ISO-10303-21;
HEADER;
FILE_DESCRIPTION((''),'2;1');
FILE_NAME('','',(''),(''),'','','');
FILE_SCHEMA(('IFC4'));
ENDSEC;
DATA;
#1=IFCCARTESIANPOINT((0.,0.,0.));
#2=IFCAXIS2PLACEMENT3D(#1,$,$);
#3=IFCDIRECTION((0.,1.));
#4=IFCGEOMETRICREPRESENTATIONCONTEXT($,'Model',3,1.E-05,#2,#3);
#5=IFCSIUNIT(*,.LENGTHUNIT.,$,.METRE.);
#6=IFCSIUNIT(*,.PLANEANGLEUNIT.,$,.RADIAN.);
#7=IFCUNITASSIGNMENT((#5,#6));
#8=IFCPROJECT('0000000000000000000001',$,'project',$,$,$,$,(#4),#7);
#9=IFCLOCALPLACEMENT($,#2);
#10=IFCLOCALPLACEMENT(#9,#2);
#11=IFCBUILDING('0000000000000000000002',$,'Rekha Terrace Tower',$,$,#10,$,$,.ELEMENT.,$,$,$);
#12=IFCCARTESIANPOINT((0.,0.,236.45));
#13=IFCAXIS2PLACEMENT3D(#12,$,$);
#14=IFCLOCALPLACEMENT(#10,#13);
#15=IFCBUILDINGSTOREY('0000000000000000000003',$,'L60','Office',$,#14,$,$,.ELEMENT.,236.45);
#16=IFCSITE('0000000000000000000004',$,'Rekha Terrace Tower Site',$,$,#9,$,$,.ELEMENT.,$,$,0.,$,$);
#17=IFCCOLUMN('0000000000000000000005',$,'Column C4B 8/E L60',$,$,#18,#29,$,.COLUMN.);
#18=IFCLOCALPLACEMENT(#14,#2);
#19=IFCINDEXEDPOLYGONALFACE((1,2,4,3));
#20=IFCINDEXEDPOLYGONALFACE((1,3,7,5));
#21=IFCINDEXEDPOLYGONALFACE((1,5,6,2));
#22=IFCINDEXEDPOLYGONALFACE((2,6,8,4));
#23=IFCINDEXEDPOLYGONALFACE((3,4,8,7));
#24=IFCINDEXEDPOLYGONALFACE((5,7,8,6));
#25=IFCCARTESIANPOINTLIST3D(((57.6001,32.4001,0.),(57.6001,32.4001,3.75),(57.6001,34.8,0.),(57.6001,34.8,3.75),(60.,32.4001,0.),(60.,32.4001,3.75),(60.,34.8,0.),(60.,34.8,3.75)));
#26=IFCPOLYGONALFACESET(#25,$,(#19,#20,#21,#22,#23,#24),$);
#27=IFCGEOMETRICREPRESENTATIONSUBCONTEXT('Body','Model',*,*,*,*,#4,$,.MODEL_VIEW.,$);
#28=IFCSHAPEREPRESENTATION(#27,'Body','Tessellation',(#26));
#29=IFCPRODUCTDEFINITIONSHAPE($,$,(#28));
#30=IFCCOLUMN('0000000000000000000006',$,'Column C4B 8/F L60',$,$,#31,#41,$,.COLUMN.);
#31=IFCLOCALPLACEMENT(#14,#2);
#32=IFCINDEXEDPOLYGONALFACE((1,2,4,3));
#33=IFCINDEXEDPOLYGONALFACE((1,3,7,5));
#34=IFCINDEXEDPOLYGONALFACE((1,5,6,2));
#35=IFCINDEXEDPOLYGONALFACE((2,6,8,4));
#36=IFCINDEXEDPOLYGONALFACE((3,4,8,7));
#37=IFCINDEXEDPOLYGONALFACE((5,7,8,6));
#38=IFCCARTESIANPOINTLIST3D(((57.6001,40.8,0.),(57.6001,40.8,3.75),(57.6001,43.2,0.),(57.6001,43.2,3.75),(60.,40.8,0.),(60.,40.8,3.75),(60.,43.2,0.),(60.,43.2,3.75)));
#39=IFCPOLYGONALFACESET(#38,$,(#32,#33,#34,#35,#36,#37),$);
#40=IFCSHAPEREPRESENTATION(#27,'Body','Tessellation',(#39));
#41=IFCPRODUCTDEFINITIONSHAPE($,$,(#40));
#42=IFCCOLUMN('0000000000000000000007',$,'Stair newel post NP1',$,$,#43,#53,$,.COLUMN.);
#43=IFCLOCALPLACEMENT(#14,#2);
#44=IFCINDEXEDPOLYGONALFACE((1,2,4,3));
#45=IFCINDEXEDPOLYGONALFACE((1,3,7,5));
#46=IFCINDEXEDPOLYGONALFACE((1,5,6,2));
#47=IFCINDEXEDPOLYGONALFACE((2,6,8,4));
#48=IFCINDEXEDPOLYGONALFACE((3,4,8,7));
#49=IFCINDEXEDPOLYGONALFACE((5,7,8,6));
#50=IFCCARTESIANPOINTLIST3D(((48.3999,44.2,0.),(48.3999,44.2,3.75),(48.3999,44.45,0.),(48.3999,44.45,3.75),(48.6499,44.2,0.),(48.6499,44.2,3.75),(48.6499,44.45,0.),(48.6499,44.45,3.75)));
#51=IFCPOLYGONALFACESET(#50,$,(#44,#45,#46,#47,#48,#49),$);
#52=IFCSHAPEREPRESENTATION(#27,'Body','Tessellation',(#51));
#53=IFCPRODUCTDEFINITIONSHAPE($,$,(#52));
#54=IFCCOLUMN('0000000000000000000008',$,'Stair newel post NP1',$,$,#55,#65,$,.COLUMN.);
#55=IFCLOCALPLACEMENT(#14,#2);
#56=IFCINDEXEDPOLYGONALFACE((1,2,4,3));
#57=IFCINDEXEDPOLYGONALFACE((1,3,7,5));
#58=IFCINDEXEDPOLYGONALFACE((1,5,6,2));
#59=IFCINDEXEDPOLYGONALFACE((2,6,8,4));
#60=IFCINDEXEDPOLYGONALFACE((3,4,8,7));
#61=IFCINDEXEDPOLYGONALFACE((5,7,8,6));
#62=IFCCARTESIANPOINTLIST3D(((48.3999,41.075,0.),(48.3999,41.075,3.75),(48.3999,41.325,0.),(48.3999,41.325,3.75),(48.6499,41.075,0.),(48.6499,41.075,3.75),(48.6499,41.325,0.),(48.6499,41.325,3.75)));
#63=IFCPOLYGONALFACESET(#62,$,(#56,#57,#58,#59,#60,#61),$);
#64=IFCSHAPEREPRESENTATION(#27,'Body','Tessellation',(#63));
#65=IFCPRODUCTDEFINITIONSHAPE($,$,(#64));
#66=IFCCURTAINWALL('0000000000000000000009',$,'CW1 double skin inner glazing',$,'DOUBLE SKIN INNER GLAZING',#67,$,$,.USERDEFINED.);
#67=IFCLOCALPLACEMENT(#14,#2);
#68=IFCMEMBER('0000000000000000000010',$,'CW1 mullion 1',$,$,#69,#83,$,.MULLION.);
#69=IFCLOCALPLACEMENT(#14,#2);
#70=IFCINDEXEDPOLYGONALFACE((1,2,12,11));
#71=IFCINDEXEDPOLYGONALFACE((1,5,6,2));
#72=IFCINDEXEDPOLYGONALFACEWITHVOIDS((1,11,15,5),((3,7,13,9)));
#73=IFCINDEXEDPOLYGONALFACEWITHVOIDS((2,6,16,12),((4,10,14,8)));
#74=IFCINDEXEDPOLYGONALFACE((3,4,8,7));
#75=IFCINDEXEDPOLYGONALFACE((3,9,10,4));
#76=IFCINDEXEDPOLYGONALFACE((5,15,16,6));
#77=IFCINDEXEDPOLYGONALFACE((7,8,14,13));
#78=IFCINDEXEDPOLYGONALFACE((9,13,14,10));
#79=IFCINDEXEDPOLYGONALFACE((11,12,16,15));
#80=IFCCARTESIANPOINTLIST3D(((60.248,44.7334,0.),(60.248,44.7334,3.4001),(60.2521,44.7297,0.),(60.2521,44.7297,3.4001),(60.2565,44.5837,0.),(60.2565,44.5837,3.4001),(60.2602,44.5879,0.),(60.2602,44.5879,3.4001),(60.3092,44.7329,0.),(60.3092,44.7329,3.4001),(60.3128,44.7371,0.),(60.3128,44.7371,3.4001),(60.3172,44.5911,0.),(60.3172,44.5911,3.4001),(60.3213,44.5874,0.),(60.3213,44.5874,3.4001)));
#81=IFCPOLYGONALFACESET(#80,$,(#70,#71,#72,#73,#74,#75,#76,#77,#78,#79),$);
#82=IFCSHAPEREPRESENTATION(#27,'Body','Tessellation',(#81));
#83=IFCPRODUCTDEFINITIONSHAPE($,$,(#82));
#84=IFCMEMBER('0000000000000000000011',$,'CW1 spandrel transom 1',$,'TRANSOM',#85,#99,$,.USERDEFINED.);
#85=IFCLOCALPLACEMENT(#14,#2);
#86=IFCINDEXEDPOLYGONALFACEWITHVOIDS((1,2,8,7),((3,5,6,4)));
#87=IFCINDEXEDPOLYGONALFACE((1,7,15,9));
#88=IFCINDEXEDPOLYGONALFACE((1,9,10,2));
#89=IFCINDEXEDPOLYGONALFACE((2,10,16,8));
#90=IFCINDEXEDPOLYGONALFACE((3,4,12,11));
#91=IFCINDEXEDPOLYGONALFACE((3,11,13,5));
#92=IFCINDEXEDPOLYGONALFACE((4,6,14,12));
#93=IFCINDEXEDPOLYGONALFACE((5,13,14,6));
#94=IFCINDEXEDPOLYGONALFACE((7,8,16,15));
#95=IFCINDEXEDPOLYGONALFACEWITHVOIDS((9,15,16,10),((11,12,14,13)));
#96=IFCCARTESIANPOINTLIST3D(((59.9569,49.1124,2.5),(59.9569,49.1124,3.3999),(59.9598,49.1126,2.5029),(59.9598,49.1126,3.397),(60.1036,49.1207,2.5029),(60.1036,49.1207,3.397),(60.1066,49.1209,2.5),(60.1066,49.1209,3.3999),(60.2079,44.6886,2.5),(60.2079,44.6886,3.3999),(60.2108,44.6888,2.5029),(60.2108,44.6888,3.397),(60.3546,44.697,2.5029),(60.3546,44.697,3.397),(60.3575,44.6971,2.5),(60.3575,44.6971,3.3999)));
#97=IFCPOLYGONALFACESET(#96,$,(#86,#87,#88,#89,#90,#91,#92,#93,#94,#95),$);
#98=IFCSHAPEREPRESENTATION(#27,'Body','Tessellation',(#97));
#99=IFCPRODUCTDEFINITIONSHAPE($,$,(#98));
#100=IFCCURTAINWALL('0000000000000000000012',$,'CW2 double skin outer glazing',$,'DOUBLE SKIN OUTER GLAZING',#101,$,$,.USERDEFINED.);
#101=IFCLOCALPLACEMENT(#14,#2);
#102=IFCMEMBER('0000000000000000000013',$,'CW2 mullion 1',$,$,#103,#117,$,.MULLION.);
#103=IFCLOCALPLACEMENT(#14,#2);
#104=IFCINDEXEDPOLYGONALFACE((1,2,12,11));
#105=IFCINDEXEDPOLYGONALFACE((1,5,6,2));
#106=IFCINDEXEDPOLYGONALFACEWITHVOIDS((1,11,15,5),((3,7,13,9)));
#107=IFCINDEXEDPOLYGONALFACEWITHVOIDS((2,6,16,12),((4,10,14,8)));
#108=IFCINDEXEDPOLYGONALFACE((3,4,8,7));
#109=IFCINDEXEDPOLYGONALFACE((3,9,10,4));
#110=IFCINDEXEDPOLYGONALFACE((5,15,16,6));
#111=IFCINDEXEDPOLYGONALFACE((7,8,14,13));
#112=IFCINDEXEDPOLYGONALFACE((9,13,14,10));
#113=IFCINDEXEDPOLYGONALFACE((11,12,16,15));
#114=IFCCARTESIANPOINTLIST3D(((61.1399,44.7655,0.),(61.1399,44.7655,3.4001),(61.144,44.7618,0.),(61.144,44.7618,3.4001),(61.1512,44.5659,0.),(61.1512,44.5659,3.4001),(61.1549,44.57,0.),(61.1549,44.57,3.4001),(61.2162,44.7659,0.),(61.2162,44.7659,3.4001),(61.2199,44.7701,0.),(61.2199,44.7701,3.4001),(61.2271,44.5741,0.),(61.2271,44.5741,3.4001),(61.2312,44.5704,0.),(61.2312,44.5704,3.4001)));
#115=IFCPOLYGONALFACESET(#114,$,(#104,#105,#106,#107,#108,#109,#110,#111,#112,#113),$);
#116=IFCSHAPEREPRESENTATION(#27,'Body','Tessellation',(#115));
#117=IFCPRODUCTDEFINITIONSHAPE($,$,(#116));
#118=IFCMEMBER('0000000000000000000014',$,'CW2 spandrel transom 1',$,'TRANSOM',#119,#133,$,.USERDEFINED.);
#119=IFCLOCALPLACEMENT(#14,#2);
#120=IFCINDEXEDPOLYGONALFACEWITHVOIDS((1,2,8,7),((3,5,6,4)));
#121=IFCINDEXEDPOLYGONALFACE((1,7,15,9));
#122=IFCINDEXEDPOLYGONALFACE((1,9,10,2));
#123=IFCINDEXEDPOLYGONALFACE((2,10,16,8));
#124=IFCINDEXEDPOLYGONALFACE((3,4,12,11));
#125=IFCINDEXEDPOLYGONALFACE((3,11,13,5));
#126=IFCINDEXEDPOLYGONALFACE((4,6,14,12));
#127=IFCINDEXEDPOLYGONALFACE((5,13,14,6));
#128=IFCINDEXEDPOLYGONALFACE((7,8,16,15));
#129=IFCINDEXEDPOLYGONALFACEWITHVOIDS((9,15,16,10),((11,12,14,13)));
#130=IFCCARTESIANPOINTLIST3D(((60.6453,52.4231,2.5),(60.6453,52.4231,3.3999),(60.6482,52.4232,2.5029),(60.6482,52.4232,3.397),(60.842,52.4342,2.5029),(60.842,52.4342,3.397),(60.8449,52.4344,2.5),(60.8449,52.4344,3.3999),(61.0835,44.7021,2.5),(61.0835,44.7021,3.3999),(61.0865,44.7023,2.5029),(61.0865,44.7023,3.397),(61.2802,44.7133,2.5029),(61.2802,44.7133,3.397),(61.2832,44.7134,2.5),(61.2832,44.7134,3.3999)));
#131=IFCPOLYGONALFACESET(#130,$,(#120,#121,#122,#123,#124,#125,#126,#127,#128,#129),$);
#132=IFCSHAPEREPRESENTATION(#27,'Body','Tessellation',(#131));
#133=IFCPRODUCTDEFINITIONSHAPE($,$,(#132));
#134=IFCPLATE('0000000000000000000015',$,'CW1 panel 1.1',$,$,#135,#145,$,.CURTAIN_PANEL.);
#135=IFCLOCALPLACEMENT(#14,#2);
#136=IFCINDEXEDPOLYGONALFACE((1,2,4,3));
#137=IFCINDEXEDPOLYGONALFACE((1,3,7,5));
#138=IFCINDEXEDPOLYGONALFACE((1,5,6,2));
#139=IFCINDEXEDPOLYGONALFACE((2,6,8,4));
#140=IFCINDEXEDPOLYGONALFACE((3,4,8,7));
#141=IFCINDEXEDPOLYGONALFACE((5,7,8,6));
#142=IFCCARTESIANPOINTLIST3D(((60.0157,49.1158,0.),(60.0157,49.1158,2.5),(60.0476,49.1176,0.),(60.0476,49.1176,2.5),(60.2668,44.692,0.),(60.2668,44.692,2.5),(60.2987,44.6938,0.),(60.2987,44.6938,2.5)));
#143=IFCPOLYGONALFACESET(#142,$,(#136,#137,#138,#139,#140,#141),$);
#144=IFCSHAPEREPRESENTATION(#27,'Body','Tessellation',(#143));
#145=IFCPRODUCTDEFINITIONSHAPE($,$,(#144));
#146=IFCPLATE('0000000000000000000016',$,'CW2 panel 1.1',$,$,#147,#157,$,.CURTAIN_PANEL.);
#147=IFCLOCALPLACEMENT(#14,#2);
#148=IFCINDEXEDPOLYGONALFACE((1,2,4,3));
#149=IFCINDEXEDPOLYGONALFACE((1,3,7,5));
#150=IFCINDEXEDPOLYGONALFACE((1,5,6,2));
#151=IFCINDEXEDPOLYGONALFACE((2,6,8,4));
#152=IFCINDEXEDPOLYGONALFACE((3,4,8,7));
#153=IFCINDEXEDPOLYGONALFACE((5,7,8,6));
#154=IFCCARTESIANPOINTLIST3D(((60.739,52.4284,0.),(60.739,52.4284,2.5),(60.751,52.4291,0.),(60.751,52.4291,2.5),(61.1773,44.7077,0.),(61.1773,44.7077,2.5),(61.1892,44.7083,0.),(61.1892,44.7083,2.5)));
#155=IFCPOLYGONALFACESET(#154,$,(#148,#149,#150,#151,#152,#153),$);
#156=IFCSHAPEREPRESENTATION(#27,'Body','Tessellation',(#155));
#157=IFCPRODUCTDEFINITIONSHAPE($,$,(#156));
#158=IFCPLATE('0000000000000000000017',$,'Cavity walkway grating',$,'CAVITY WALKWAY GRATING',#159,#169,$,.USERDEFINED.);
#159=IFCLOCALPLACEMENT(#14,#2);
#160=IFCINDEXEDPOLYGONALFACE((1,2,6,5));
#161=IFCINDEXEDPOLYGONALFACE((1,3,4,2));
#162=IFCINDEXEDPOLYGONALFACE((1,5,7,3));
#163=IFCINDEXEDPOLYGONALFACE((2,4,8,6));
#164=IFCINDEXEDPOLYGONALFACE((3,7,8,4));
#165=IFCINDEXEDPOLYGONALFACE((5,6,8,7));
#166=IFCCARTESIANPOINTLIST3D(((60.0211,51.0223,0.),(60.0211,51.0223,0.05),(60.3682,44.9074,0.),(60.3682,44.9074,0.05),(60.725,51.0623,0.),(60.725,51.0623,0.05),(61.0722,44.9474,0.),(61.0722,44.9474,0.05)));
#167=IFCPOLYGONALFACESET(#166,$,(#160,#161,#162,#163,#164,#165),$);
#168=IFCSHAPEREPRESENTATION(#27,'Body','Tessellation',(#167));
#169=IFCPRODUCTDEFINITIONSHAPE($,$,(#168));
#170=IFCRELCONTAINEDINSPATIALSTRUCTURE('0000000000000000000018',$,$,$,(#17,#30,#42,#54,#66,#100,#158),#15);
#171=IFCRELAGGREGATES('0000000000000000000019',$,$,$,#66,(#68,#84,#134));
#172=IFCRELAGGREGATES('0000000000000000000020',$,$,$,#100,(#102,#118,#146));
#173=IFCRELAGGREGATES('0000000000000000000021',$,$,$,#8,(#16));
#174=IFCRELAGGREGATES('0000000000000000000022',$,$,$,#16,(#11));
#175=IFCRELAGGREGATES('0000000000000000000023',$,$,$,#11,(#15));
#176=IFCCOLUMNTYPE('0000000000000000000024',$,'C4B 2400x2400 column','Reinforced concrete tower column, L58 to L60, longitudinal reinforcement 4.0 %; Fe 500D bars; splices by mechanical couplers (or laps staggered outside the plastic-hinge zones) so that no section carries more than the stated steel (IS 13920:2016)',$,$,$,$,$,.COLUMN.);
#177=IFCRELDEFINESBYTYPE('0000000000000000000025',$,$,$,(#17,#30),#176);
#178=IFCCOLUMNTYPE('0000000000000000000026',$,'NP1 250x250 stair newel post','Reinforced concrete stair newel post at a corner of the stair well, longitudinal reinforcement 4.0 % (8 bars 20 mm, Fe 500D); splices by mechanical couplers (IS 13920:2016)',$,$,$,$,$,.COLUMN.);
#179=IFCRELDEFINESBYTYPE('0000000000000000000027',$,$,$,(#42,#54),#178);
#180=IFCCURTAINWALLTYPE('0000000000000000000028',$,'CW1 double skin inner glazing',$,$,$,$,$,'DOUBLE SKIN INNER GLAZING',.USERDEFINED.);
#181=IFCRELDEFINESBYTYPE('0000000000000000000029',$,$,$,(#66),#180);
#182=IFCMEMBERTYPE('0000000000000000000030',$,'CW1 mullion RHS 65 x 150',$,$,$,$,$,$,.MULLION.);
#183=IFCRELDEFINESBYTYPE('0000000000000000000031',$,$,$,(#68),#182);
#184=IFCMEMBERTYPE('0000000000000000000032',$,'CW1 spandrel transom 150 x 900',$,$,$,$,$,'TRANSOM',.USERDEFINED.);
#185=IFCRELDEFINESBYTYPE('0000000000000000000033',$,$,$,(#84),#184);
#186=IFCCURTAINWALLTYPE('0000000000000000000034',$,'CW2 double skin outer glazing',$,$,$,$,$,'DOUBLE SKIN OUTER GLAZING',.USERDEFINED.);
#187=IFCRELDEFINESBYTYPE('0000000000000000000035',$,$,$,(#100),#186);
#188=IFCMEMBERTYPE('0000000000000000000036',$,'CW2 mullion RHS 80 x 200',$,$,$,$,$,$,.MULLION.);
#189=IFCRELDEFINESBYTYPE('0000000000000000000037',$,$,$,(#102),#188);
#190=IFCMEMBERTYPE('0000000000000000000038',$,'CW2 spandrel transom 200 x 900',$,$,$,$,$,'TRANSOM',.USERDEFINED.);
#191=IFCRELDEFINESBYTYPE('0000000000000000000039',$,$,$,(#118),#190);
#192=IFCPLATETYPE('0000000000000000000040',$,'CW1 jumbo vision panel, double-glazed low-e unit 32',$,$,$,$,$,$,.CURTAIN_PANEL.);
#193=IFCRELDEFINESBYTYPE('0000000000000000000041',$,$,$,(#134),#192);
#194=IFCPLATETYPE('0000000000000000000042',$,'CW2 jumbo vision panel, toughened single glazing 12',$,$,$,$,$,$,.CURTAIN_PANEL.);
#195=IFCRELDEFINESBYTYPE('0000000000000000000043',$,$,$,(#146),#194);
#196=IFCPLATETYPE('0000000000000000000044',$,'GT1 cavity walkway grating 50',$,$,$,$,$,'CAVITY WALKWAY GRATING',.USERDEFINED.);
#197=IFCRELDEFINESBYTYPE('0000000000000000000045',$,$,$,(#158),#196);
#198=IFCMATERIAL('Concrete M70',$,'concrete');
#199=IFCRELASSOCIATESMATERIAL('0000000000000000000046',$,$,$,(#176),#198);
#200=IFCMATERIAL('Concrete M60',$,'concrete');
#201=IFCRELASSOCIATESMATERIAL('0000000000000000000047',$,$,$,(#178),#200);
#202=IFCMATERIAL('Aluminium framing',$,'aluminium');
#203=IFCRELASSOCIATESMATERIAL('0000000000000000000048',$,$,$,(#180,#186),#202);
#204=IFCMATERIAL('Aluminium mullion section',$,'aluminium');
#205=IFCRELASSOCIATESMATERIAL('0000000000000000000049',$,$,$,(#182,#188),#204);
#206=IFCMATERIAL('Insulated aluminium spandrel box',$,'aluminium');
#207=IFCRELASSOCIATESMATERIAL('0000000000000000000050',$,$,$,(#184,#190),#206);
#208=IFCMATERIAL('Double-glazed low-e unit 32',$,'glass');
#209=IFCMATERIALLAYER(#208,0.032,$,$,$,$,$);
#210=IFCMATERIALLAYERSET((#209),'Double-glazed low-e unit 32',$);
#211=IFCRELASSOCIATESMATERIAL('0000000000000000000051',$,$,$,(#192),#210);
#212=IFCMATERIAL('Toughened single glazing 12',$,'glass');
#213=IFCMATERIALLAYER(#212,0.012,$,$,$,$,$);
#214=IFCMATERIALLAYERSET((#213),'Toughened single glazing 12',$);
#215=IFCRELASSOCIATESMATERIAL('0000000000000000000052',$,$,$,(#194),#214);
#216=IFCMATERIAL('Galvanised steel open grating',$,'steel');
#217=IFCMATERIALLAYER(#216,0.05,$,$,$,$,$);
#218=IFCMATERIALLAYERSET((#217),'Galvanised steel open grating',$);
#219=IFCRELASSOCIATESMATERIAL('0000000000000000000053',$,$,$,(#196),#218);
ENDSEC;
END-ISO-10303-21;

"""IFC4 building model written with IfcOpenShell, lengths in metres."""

from ifc_helpers import new_model, si_unit, direction, frame, origin, origin_2d, place, context, subcontext, project, spatial, rectangle, hollow_rectangle, extrude, material, layer, layer_set, material_profile, profile_set, type_object, element, aggregate, save


model = new_model("IFC4")

# Units and contexts
model_context = context("Model", 3, precision=1e-05, world=origin(), true_north=direction((0.0, 1.0)))
body_context = subcontext(model_context, "Body", "Model", "MODEL_VIEW")
ifc_project = project(units=[si_unit("LENGTHUNIT", "METRE"), si_unit("PLANEANGLEUNIT", "RADIAN")], contexts=[model_context])

# Site, building, storey
site_placement = place(None, origin())
site = spatial("IfcSite", under=ifc_project, at=site_placement, Name="Rekha Terrace Tower Site", CompositionType="ELEMENT", RefElevation=0.0)
building_placement = place(site_placement, origin())
building = spatial("IfcBuilding", under=site, at=building_placement, Name="Rekha Terrace Tower", CompositionType="ELEMENT")
storey_placement = place(building_placement, frame((0.0, 0.0, 236.45)))
storey = spatial("IfcBuildingStorey", under=building, at=storey_placement, Name="L60", Description="Office", CompositionType="ELEMENT", Elevation=236.45)

# Columns
ifc_material_1 = material(Name="Concrete M70", Category="concrete")
ifc_material_profile_1 = material_profile(ifc_material_1, rectangle(XDim=2.3999, YDim=2.3999, at=origin_2d()), Name="RC 2400x2400")
ifc_profile_set_1 = profile_set([ifc_material_profile_1], Name="Concrete M70")
column_type_1 = type_object("IfcColumnType", Name="C4B 2400x2400 column", Description="Reinforced concrete tower column, L58 to L60, longitudinal reinforcement 4.0 %; Fe 500D bars; splices by mechanical couplers (or laps staggered outside the plastic-hinge zones) so that no section carries more than the stated steel (IS 13920:2016)", PredefinedType="COLUMN", material=ifc_profile_set_1)
for number, where, z_axis, x_axis, name in (
    (1, (58.8, 33.6001, 0.0), (0.0, 0.0, 1.0), (1.0, 0.0, 0.0), "Column C4B 8/E L60"),
    (2, (58.8, 42.0, 0.0), (0.0, 0.0, 1.0), (1.0, 0.0, 0.0), "Column C4B 8/F L60"),
):
    element("IfcColumn", number, at=place(storey_placement, frame(where, z_axis=z_axis, x_axis=x_axis)), inside=storey, type_object=column_type_1, Name=name, PredefinedType="COLUMN", context=body_context, shape_type="SweptSolid", body=[
        extrude(rectangle(XDim=2.3999, YDim=2.3999, at=origin_2d()), origin(), (0.0, 0.0, 1.0), 3.75),
    ])
ifc_material_2 = material(Name="Concrete M60", Category="concrete")
ifc_material_profile_2 = material_profile(ifc_material_2, rectangle(XDim=0.25, YDim=0.25, at=origin_2d()), Name="RC 250x250")
ifc_profile_set_2 = profile_set([ifc_material_profile_2], Name="Concrete M60")
column_type_2 = type_object("IfcColumnType", Name="NP1 250x250 stair newel post", Description="Reinforced concrete stair newel post at a corner of the stair well, longitudinal reinforcement 4.0 % (8 bars 20 mm, Fe 500D); splices by mechanical couplers (IS 13920:2016)", PredefinedType="COLUMN", material=ifc_profile_set_2)
for number, where, z_axis, x_axis, name in (
    (3, (48.5249, 44.325, 0.0), (0.0, 0.0, 1.0), (1.0, 0.0, 0.0), "Stair newel post NP1"),
    (4, (48.5249, 41.2, 0.0), (0.0, 0.0, 1.0), (1.0, 0.0, 0.0), "Stair newel post NP1"),
):
    element("IfcColumn", number, at=place(storey_placement, frame(where, z_axis=z_axis, x_axis=x_axis)), inside=storey, type_object=column_type_2, Name=name, PredefinedType="COLUMN", context=body_context, shape_type="SweptSolid", body=[
        extrude(rectangle(XDim=0.25, YDim=0.25, at=origin_2d()), origin(), (0.0, 0.0, 1.0), 3.75),
    ])

# Curtain walls, members
ifc_material_3 = material(Name="Aluminium framing", Category="aluminium")
curtain_wall_type_1 = type_object("IfcCurtainWallType", Name="CW1 double skin inner glazing", ElementType="DOUBLE SKIN INNER GLAZING", PredefinedType="USERDEFINED", material=ifc_material_3)
curtain_wall_1_placement = place(storey_placement, origin())
curtain_wall_1 = element("IfcCurtainWall", 5, at=curtain_wall_1_placement, inside=storey, type_object=curtain_wall_type_1, Name="CW1 double skin inner glazing", ObjectType="DOUBLE SKIN INNER GLAZING", PredefinedType="USERDEFINED")
ifc_material_4 = material(Name="Aluminium mullion section", Category="aluminium")
ifc_material_profile_3 = material_profile(ifc_material_4, hollow_rectangle(XDim=0.0649, YDim=0.1499, WallThickness=0.0039, at=origin_2d()), Name="AL RHS 65x150")
ifc_profile_set_3 = profile_set([ifc_material_profile_3], Name="Aluminium mullion section")
member_type_1 = type_object("IfcMemberType", Name="CW1 mullion RHS 65 x 150", PredefinedType="MULLION", material=ifc_profile_set_3)
member_1_placement = place(storey_placement, frame((60.2847, 44.6604, 0.0), z_axis=(0.0, 0.0, 1.0), x_axis=(-0.998393, -0.056673, 0.0)))
member_1 = element("IfcMember", 6, at=member_1_placement, type_object=member_type_1, Name="CW1 mullion 1", PredefinedType="MULLION", context=body_context, shape_type="SweptSolid", body=[
    extrude(hollow_rectangle(XDim=0.0649, YDim=0.1499, WallThickness=0.0039, at=origin_2d()), origin(), (0.0, 0.0, 1.0), 3.4001),
])
ifc_material_5 = material(Name="Insulated aluminium spandrel box", Category="aluminium")
ifc_material_profile_4 = material_profile(ifc_material_5, hollow_rectangle(XDim=0.1499, YDim=0.8999, WallThickness=0.0029, at=origin_2d()), Name="AL SPANDREL BOX 150x900")
ifc_profile_set_4 = profile_set([ifc_material_profile_4], Name="Insulated aluminium spandrel box")
member_type_2 = type_object("IfcMemberType", Name="CW1 spandrel transom 150 x 900", ElementType="TRANSOM", PredefinedType="USERDEFINED", material=ifc_profile_set_4)
member_2_placement = place(storey_placement, frame((60.2827, 44.6929, 2.95), z_axis=(-0.056642, 0.998395, 0.0), x_axis=(-0.998395, -0.056642, 0.0)))
member_2 = element("IfcMember", 7, at=member_2_placement, type_object=member_type_2, Name="CW1 spandrel transom 1", ObjectType="TRANSOM", PredefinedType="USERDEFINED", context=body_context, shape_type="SweptSolid", body=[
    extrude(hollow_rectangle(XDim=0.1499, YDim=0.8999, WallThickness=0.0029, at=origin_2d()), origin(), (0.0, 0.0, 1.0), 4.4309),
])
curtain_wall_type_2 = type_object("IfcCurtainWallType", Name="CW2 double skin outer glazing", ElementType="DOUBLE SKIN OUTER GLAZING", PredefinedType="USERDEFINED", material=ifc_material_3)
curtain_wall_2_placement = place(storey_placement, origin())
curtain_wall_2 = element("IfcCurtainWall", 8, at=curtain_wall_2_placement, inside=storey, type_object=curtain_wall_type_2, Name="CW2 double skin outer glazing", ObjectType="DOUBLE SKIN OUTER GLAZING", PredefinedType="USERDEFINED")
ifc_material_profile_5 = material_profile(ifc_material_4, hollow_rectangle(XDim=0.0801, YDim=0.2, WallThickness=0.0039, at=origin_2d()), Name="AL RHS 80x200")
ifc_profile_set_5 = profile_set([ifc_material_profile_5], Name="Aluminium mullion section")
member_type_3 = type_object("IfcMemberType", Name="CW2 mullion RHS 80 x 200", PredefinedType="MULLION", material=ifc_profile_set_5)
member_3_placement = place(storey_placement, frame((61.1855, 44.668, 0.0), z_axis=(0.0, 0.0, 1.0), x_axis=(-0.998393, -0.056673, 0.0)))
member_3 = element("IfcMember", 9, at=member_3_placement, type_object=member_type_3, Name="CW2 mullion 1", PredefinedType="MULLION", context=body_context, shape_type="SweptSolid", body=[
    extrude(hollow_rectangle(XDim=0.0801, YDim=0.2, WallThickness=0.0039, at=origin_2d()), origin(), (0.0, 0.0, 1.0), 3.4001),
])
ifc_material_profile_6 = material_profile(ifc_material_5, hollow_rectangle(XDim=0.2, YDim=0.8999, WallThickness=0.0029, at=origin_2d()), Name="AL SPANDREL BOX 200x900")
ifc_profile_set_6 = profile_set([ifc_material_profile_6], Name="Insulated aluminium spandrel box")
member_type_4 = type_object("IfcMemberType", Name="CW2 spandrel transom 200 x 900", ElementType="TRANSOM", PredefinedType="USERDEFINED", material=ifc_profile_set_6)
member_4_placement = place(storey_placement, frame((61.1833, 44.7078, 2.95), z_axis=(-0.056668, 0.998393, 0.0), x_axis=(-0.998393, -0.056668, 0.0)))
member_4 = element("IfcMember", 10, at=member_4_placement, type_object=member_type_4, Name="CW2 spandrel transom 1", ObjectType="TRANSOM", PredefinedType="USERDEFINED", context=body_context, shape_type="SweptSolid", body=[
    extrude(hollow_rectangle(XDim=0.2, YDim=0.8999, WallThickness=0.0029, at=origin_2d()), origin(), (0.0, 0.0, 1.0), 7.7334),
])

# Plates
ifc_material_6 = material(Name="Double-glazed low-e unit 32", Category="glass")
ifc_layer_1 = layer(ifc_material_6, 0.032)
ifc_layer_set_1 = layer_set([ifc_layer_1], Name="Double-glazed low-e unit 32")
plate_type_1 = type_object("IfcPlateType", Name="CW1 jumbo vision panel, double-glazed low-e unit 32", PredefinedType="CURTAIN_PANEL", material=ifc_layer_set_1)
plate_1_placement = place(storey_placement, frame((60.1572, 46.9048, 0.0), z_axis=(0.0, 0.0, 1.0), x_axis=(-0.056673, 0.998393, 0.0)))
plate_1 = element("IfcPlate", 11, at=plate_1_placement, type_object=plate_type_1, Name="CW1 panel 1.1", PredefinedType="CURTAIN_PANEL", context=body_context, shape_type="SweptSolid", body=[
    extrude(rectangle(XDim=4.4309, YDim=0.032, at=origin_2d()), origin(), (0.0, 0.0, 1.0), 2.5),
])
aggregate(curtain_wall_1, [member_1, member_2, plate_1])
ifc_material_7 = material(Name="Toughened single glazing 12", Category="glass")
ifc_layer_2 = layer(ifc_material_7, 0.012)
ifc_layer_set_2 = layer_set([ifc_layer_2], Name="Toughened single glazing 12")
plate_type_2 = type_object("IfcPlateType", Name="CW2 jumbo vision panel, toughened single glazing 12", PredefinedType="CURTAIN_PANEL", material=ifc_layer_set_2)
plate_2_placement = place(storey_placement, frame((60.9641, 48.5684, 0.0), z_axis=(0.0, 0.0, 1.0), x_axis=(-0.056673, 0.998393, 0.0)))
plate_2 = element("IfcPlate", 12, at=plate_2_placement, type_object=plate_type_2, Name="CW2 panel 1.1", PredefinedType="CURTAIN_PANEL", context=body_context, shape_type="SweptSolid", body=[
    extrude(rectangle(XDim=7.7332, YDim=0.012, at=origin_2d()), origin(), (0.0, 0.0, 1.0), 2.5),
])
aggregate(curtain_wall_2, [member_3, member_4, plate_2])
ifc_material_8 = material(Name="Galvanised steel open grating", Category="steel")
ifc_layer_3 = layer(ifc_material_8, 0.05)
ifc_layer_set_3 = layer_set([ifc_layer_3], Name="Galvanised steel open grating")
plate_type_3 = type_object("IfcPlateType", Name="GT1 cavity walkway grating 50", ElementType="CAVITY WALKWAY GRATING", PredefinedType="USERDEFINED", material=ifc_layer_set_3)
plate_3_placement = place(storey_placement, frame((60.5466, 47.9849, 0.0), z_axis=(0.0, 0.0, 1.0), x_axis=(-0.056673, 0.998393, 0.0)))
element("IfcPlate", 13, at=plate_3_placement, inside=storey, type_object=plate_type_3, Name="Cavity walkway grating", ObjectType="CAVITY WALKWAY GRATING", PredefinedType="USERDEFINED", context=body_context, shape_type="SweptSolid", body=[
    extrude(rectangle(XDim=6.1248, YDim=0.7051, at=origin_2d()), origin(), (0.0, 0.0, 1.0), 0.05),
])

save(model, "model.ifc")
